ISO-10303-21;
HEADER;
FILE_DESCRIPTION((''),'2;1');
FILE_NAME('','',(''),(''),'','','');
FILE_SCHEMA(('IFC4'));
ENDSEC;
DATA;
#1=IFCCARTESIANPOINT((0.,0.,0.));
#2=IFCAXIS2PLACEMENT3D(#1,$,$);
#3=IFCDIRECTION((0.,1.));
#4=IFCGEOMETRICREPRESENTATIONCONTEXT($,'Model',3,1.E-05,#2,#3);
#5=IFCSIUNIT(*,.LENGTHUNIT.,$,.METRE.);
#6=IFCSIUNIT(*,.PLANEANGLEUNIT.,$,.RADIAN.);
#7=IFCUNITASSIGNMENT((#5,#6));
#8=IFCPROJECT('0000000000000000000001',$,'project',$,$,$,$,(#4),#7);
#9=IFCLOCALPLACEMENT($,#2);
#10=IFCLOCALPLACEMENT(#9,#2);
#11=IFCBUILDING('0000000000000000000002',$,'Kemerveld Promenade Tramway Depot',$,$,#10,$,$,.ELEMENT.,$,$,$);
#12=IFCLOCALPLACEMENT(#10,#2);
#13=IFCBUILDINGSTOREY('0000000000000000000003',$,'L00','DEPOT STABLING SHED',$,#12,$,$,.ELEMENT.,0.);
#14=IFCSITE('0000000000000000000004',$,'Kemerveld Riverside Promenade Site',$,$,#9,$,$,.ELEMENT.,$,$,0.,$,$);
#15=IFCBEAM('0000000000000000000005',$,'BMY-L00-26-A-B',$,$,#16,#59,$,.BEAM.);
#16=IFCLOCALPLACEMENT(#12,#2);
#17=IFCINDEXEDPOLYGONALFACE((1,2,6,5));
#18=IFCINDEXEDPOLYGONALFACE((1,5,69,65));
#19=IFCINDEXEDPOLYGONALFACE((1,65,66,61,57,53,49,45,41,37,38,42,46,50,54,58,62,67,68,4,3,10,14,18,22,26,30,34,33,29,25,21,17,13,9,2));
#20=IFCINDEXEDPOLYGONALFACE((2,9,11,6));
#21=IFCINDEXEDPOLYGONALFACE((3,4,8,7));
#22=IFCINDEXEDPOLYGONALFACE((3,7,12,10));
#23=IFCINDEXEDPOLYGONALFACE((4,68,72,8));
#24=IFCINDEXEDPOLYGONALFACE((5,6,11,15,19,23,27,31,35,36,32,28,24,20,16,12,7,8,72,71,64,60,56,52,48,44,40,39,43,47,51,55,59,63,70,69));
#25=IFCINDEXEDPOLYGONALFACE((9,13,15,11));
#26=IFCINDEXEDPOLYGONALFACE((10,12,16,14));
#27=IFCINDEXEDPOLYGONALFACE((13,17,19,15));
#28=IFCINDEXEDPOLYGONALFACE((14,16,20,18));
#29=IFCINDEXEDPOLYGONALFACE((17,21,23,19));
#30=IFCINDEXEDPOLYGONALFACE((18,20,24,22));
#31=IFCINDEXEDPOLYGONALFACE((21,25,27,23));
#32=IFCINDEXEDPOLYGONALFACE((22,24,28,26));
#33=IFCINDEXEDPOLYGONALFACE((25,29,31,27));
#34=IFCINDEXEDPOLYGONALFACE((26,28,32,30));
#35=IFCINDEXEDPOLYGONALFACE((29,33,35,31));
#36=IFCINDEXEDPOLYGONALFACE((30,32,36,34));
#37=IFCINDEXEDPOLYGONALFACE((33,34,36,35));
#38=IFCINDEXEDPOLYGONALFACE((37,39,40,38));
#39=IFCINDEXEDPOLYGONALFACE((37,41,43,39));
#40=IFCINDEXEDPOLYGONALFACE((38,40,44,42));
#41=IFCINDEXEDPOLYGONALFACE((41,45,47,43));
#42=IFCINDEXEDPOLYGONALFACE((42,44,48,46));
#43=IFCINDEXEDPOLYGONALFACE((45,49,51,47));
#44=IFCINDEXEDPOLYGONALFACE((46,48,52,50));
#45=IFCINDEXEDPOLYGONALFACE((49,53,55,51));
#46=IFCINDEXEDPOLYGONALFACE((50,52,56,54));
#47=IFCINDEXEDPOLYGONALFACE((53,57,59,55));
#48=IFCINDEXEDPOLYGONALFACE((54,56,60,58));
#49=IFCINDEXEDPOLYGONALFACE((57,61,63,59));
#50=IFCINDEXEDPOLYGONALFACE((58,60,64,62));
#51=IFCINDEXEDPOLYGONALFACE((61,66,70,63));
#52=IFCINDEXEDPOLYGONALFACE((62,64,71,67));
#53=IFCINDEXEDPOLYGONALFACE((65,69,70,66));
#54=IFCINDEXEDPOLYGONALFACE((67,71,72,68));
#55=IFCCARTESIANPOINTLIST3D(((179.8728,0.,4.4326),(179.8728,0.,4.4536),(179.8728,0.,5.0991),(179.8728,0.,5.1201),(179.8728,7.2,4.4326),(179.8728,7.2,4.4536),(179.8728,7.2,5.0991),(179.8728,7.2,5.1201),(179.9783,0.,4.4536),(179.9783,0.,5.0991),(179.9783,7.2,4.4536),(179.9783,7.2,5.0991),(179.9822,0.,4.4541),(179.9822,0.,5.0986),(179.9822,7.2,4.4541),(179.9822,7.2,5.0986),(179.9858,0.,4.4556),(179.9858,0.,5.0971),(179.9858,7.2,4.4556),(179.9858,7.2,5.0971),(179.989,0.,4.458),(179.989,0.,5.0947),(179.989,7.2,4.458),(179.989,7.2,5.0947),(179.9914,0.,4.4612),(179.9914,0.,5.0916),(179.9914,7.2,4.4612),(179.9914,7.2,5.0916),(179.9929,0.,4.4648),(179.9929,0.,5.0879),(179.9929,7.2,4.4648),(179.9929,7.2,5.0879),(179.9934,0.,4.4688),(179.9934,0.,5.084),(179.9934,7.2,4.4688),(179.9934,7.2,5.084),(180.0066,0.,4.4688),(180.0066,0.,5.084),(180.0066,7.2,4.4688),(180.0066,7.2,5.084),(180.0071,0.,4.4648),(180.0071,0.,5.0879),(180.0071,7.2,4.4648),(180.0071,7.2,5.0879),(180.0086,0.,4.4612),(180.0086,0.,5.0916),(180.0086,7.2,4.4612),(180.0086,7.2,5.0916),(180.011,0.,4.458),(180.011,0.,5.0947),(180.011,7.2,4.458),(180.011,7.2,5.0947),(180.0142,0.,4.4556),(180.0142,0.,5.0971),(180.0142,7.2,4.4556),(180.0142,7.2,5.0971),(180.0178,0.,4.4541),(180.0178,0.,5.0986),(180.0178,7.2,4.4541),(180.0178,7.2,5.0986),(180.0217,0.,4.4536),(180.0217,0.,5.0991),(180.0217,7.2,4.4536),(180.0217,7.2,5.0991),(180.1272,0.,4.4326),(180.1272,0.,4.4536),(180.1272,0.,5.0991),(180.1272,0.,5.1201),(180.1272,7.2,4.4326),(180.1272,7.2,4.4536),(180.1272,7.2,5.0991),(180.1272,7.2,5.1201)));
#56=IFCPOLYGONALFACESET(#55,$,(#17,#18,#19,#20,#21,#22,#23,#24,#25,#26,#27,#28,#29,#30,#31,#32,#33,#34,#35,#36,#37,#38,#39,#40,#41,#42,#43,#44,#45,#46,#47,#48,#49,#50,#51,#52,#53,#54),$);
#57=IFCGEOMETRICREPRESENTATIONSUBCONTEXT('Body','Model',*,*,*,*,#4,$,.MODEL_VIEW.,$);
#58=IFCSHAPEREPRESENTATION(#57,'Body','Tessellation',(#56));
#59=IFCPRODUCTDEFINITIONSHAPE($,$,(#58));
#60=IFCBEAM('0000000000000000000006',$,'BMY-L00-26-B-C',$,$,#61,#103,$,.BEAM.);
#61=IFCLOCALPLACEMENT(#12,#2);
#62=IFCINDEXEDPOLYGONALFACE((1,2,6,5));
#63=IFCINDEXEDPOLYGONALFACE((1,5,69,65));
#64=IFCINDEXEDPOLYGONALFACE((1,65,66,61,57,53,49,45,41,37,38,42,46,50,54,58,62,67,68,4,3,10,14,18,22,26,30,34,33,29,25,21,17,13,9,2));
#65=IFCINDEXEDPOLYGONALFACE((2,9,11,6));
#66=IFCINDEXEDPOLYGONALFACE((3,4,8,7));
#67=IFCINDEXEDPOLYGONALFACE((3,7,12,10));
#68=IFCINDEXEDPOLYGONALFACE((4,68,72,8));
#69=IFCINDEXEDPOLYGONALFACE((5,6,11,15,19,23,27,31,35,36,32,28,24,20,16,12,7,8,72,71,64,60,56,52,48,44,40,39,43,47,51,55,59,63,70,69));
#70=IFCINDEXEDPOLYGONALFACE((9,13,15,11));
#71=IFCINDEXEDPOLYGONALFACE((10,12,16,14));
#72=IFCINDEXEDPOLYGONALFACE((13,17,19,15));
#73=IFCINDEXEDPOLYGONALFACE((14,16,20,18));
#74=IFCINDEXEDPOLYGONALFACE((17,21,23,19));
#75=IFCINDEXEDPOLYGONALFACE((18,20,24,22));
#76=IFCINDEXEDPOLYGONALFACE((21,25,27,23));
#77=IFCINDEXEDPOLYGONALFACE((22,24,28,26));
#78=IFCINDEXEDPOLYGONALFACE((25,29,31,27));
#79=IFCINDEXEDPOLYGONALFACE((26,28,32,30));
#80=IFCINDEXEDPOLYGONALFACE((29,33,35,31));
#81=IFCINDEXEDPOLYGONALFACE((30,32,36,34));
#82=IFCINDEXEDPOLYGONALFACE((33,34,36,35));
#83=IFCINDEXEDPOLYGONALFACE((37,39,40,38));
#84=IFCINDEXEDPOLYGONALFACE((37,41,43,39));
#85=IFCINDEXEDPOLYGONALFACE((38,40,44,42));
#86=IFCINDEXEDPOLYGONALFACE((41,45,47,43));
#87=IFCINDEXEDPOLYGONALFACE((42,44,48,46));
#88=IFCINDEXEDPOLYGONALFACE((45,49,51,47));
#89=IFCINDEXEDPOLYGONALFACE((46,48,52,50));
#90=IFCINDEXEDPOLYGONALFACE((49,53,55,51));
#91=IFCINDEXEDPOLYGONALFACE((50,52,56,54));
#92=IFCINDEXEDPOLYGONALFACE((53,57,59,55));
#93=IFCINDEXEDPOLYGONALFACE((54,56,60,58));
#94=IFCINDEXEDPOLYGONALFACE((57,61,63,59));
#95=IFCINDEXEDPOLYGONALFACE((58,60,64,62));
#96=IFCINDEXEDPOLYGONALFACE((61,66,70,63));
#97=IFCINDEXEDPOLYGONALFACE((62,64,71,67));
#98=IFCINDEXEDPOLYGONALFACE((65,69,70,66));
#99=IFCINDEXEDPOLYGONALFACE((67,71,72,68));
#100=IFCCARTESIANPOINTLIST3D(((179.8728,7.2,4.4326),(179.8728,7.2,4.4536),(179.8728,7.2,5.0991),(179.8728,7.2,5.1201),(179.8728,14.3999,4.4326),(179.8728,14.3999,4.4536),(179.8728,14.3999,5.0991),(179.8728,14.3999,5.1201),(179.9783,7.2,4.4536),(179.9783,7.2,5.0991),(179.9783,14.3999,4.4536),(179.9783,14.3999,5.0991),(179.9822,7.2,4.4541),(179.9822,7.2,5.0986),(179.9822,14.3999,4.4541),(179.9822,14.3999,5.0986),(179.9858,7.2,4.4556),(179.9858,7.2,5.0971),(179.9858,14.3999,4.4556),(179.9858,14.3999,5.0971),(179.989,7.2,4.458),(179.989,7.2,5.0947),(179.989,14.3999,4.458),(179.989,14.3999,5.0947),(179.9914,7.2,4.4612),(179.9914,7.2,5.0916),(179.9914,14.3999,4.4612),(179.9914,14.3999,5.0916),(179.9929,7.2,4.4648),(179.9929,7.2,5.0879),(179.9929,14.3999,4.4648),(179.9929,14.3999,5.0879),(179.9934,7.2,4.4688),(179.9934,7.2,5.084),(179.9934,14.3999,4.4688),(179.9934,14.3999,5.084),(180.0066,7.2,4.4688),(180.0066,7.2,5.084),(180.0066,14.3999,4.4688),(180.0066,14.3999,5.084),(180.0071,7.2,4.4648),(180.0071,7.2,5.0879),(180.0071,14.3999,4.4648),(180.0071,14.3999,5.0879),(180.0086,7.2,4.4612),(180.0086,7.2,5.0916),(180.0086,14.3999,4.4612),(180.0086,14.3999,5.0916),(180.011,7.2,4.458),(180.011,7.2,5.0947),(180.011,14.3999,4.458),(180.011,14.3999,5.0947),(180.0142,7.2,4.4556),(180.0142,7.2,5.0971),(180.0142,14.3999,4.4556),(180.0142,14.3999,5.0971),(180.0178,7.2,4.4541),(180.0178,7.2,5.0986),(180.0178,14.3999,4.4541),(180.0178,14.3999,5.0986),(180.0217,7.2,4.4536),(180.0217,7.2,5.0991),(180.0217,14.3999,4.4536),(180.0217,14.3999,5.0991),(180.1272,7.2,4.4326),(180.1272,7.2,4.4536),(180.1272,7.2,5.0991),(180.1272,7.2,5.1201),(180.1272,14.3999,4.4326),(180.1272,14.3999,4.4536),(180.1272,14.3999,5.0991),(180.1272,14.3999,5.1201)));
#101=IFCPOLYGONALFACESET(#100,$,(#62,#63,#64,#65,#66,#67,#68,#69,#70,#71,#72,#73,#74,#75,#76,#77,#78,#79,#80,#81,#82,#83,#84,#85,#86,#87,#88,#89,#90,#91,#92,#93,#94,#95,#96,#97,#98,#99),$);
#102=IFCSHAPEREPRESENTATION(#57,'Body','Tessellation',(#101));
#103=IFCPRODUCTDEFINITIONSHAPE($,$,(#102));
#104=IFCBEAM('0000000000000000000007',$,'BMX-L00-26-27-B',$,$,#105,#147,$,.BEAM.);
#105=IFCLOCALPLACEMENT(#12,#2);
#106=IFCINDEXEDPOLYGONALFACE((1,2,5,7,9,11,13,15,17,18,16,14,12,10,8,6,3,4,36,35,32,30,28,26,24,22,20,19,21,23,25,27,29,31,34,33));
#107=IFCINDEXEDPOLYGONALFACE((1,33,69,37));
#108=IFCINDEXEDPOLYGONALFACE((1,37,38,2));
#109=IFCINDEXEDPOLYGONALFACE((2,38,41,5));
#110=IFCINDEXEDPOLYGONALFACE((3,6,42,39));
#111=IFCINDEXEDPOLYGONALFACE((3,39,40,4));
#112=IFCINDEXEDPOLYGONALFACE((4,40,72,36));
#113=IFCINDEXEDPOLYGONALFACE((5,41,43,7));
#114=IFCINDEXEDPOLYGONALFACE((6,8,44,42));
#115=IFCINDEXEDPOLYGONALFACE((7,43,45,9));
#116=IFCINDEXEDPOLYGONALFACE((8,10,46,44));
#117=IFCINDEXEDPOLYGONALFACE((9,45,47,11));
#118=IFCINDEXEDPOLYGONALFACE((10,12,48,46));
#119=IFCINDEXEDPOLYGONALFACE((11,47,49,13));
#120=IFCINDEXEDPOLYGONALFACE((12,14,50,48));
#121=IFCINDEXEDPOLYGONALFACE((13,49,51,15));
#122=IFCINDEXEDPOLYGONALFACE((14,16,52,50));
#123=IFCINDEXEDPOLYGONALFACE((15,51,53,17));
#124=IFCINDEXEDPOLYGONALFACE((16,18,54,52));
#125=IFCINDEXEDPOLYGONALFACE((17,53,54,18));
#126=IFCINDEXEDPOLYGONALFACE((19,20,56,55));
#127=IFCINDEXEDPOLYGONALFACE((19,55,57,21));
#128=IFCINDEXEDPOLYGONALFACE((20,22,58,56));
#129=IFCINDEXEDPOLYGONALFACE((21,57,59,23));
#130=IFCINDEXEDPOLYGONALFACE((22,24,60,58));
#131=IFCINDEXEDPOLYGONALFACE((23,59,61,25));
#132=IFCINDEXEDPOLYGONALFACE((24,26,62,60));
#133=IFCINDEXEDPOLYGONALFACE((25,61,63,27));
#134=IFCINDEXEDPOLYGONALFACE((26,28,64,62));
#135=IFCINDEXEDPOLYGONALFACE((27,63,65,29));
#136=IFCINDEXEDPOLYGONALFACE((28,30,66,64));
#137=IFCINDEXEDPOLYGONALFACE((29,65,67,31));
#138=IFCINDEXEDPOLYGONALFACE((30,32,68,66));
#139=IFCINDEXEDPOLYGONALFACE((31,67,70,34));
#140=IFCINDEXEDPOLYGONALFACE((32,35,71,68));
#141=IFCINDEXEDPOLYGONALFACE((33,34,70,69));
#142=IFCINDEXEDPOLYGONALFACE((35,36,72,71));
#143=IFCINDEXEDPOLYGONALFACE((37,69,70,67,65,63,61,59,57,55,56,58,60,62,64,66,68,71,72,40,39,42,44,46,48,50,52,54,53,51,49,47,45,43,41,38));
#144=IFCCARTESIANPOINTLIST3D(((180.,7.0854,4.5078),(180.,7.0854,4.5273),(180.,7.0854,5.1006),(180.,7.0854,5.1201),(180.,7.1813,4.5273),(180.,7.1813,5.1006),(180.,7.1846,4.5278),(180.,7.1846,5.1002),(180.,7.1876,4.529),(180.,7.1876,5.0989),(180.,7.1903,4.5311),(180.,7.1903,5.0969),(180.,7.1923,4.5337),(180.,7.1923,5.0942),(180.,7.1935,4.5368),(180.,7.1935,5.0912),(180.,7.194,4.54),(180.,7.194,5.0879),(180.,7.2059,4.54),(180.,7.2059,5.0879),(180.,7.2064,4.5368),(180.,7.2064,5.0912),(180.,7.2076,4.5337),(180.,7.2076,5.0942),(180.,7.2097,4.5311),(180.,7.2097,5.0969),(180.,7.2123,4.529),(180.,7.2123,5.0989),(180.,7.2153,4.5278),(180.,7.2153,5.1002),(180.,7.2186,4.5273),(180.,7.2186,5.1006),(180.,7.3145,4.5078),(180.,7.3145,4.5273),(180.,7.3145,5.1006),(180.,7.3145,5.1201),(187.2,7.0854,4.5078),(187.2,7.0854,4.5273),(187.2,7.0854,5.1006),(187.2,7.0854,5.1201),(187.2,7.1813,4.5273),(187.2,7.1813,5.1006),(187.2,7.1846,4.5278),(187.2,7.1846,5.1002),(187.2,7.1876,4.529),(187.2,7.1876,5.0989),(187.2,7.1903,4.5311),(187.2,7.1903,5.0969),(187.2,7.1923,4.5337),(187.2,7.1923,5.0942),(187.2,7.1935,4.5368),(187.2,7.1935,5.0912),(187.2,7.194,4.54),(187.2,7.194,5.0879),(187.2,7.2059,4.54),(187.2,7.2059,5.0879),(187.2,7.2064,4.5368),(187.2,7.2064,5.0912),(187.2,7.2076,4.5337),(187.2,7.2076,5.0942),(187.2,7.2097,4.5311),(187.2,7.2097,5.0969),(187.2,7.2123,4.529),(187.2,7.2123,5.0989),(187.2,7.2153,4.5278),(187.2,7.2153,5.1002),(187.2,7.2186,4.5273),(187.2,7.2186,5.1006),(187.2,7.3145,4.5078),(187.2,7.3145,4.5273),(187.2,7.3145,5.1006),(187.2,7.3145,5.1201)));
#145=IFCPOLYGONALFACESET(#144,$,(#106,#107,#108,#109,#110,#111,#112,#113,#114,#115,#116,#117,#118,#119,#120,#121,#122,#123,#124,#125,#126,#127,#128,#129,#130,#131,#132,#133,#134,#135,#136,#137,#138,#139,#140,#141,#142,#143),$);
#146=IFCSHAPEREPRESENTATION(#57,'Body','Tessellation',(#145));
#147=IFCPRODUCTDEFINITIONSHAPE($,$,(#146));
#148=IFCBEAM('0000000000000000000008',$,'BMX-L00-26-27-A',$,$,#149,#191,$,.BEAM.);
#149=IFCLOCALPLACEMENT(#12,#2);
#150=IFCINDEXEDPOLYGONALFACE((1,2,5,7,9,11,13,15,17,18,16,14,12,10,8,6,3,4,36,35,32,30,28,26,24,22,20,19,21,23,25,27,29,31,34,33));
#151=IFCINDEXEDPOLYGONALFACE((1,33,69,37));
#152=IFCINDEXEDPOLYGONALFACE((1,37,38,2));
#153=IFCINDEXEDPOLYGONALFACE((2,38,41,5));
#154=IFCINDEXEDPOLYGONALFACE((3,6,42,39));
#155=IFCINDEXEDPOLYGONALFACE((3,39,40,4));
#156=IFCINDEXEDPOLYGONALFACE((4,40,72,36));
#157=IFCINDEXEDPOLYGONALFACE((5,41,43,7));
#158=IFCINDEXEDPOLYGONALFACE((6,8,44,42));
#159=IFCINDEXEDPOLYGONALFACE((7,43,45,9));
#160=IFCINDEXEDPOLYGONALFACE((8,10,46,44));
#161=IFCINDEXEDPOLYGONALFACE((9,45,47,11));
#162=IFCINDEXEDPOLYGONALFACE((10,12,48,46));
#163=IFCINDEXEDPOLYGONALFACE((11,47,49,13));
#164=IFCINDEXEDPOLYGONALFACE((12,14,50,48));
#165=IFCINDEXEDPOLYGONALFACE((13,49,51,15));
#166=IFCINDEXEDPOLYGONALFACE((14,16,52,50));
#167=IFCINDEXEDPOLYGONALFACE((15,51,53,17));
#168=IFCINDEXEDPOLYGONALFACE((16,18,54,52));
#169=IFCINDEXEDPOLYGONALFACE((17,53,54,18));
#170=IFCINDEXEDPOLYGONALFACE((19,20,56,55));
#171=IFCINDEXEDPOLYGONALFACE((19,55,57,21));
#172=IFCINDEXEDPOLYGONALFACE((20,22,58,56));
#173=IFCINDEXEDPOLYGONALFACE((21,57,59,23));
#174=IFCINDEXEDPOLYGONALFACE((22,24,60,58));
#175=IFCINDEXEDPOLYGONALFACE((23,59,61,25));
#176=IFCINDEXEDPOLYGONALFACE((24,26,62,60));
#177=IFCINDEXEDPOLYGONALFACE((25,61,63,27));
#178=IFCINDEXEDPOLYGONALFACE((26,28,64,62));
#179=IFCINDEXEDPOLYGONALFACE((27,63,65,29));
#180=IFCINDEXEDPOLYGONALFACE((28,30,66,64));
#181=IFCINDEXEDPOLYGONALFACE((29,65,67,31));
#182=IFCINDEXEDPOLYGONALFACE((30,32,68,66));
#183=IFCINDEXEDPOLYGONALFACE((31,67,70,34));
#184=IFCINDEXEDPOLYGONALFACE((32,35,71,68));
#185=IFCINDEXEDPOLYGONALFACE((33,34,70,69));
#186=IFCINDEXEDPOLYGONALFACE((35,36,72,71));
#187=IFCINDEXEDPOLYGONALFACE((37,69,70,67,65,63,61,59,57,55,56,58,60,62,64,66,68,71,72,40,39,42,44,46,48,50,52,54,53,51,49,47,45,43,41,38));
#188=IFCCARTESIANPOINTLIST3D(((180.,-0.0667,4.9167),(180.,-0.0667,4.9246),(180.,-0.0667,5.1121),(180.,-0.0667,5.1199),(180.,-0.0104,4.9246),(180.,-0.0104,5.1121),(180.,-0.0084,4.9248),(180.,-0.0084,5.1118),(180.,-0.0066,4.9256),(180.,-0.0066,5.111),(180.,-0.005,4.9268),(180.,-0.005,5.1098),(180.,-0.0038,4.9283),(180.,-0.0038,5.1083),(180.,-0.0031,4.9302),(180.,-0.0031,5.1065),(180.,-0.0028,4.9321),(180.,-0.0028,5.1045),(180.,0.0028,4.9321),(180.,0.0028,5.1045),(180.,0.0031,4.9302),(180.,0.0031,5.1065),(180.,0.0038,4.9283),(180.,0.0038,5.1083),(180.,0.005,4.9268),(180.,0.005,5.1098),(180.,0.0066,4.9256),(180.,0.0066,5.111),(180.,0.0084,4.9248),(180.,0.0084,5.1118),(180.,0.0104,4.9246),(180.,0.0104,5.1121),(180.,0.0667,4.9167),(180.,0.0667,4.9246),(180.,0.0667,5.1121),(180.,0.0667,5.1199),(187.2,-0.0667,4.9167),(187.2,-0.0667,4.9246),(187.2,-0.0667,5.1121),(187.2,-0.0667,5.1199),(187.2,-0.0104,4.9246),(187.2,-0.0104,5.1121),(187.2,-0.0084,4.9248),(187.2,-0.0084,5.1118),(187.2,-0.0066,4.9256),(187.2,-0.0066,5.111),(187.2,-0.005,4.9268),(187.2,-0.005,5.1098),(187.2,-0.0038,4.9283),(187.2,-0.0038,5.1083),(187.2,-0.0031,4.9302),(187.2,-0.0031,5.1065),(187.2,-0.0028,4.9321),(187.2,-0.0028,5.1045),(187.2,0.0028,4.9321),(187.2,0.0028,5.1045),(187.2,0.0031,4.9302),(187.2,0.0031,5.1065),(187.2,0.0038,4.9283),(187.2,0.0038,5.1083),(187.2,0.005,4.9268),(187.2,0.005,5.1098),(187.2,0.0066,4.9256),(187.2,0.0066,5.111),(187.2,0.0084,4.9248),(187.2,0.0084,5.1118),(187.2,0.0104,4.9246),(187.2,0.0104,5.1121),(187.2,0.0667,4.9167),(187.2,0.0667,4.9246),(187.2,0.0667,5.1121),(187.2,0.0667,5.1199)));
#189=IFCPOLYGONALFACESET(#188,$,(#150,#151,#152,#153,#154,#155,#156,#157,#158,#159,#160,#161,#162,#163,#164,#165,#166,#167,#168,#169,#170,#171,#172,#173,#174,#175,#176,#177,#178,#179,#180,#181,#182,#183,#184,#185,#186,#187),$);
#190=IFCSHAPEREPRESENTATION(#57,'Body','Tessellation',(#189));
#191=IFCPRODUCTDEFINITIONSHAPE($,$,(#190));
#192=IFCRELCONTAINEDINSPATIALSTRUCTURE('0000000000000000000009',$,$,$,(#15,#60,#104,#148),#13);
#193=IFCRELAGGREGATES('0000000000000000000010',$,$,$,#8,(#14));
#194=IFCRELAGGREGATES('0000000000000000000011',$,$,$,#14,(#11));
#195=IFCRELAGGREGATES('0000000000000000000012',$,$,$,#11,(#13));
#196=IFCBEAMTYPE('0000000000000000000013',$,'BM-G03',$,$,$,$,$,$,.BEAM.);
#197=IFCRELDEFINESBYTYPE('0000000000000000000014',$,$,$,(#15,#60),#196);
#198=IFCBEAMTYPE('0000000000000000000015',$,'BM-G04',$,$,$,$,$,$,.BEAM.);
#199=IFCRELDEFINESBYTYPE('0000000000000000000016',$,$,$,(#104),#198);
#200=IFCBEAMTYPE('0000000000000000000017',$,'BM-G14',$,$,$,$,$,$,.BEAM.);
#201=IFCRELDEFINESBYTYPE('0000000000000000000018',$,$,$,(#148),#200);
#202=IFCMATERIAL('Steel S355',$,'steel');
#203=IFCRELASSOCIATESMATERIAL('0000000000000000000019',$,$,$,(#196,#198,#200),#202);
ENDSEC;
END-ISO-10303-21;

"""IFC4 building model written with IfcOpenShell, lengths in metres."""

from ifc_helpers import new_model, si_unit, direction, frame, origin, origin_2d, place, context, subcontext, project, spatial, i_section, extrude, material, material_profile, profile_set, type_object, element, save


model = new_model("IFC4")

# Units and contexts
model_context = context("Model", 3, precision=1e-05, world=origin(), true_north=direction((0.0, 1.0)))
body_context = subcontext(model_context, "Body", "Model", "MODEL_VIEW")
ifc_project = project(units=[si_unit("LENGTHUNIT", "METRE"), si_unit("PLANEANGLEUNIT", "RADIAN")], contexts=[model_context])

# Site, building, storey
site_placement = place(None, origin())
site = spatial("IfcSite", under=ifc_project, at=site_placement, Name="Kemerveld Riverside Promenade Site", CompositionType="ELEMENT", RefElevation=0.0)
building_placement = place(site_placement, origin())
building = spatial("IfcBuilding", under=site, at=building_placement, Name="Kemerveld Promenade Tramway Depot", CompositionType="ELEMENT")
storey_placement = place(building_placement, origin())
storey = spatial("IfcBuildingStorey", under=building, at=storey_placement, Name="L00", Description="DEPOT STABLING SHED", CompositionType="ELEMENT", Elevation=0.0)

# Shared definitions
ifc_material_1 = material(Name="Steel S355", Category="steel")

# Beams
ifc_material_profile_1 = material_profile(ifc_material_1, i_section(OverallWidth=0.2544, OverallDepth=0.6875, WebThickness=0.0132, FlangeThickness=0.021, FilletRadius=0.0151, at=origin_2d()), Name="686x254x152 UB")
ifc_profile_set_1 = profile_set([ifc_material_profile_1], Name="Steel S355")
beam_type_1 = type_object("IfcBeamType", Name="BM-G03", PredefinedType="BEAM", material=ifc_profile_set_1)
for number, where, z_axis, x_axis, name in (
    (1, (180.0, 0.0, 4.7764), (0.0, 1.0, 0.0), (-1.0, 0.0, 0.0), "BMY-L00-26-A-B"),
    (2, (180.0, 7.2, 4.7764), (0.0, 1.0, 0.0), (-1.0, 0.0, 0.0), "BMY-L00-26-B-C"),
):
    element("IfcBeam", number, at=place(storey_placement, frame(where, z_axis=z_axis, x_axis=x_axis)), inside=storey, type_object=beam_type_1, Name=name, PredefinedType="BEAM", context=body_context, shape_type="SweptSolid", body=[
        extrude(i_section(OverallWidth=0.2544, OverallDepth=0.6875, WebThickness=0.0132, FlangeThickness=0.021, FilletRadius=0.0151, at=origin_2d()), origin(), (0.0, 0.0, 1.0), 7.2),
    ])
ifc_material_profile_2 = material_profile(ifc_material_1, i_section(OverallWidth=0.229, OverallDepth=0.6123, WebThickness=0.012, FlangeThickness=0.0195, FilletRadius=0.0127, at=origin_2d()), Name="610x229x125 UB")
ifc_profile_set_2 = profile_set([ifc_material_profile_2], Name="Steel S355")
beam_type_2 = type_object("IfcBeamType", Name="BM-G04", PredefinedType="BEAM", material=ifc_profile_set_2)
beam_1_placement = place(storey_placement, frame((180.0, 7.2, 4.814), z_axis=(1.0, 0.0, 0.0), x_axis=(0.0, 1.0, 0.0)))
element("IfcBeam", 3, at=beam_1_placement, inside=storey, type_object=beam_type_2, Name="BMX-L00-26-27-B", PredefinedType="BEAM", context=body_context, shape_type="SweptSolid", body=[
    extrude(i_section(OverallWidth=0.229, OverallDepth=0.6123, WebThickness=0.012, FlangeThickness=0.0195, FilletRadius=0.0127, at=origin_2d()), origin(), (0.0, 0.0, 1.0), 7.2),
])
ifc_material_profile_3 = material_profile(ifc_material_1, i_section(OverallWidth=0.1333, OverallDepth=0.2031, WebThickness=0.0056, FlangeThickness=0.0078, FilletRadius=0.0076, at=origin_2d()), Name="203x133x25 UB")
ifc_profile_set_3 = profile_set([ifc_material_profile_3], Name="Steel S355")
beam_type_3 = type_object("IfcBeamType", Name="BM-G14", PredefinedType="BEAM", material=ifc_profile_set_3)
beam_2_placement = place(storey_placement, frame((180.0, 0.0, 5.0183), z_axis=(1.0, 0.0, 0.0), x_axis=(0.0, 1.0, 0.0)))
element("IfcBeam", 4, at=beam_2_placement, inside=storey, type_object=beam_type_3, Name="BMX-L00-26-27-A", PredefinedType="BEAM", context=body_context, shape_type="SweptSolid", body=[
    extrude(i_section(OverallWidth=0.1333, OverallDepth=0.2031, WebThickness=0.0056, FlangeThickness=0.0078, FilletRadius=0.0076, at=origin_2d()), origin(), (0.0, 0.0, 1.0), 7.2),
])

save(model, "model.ifc")
